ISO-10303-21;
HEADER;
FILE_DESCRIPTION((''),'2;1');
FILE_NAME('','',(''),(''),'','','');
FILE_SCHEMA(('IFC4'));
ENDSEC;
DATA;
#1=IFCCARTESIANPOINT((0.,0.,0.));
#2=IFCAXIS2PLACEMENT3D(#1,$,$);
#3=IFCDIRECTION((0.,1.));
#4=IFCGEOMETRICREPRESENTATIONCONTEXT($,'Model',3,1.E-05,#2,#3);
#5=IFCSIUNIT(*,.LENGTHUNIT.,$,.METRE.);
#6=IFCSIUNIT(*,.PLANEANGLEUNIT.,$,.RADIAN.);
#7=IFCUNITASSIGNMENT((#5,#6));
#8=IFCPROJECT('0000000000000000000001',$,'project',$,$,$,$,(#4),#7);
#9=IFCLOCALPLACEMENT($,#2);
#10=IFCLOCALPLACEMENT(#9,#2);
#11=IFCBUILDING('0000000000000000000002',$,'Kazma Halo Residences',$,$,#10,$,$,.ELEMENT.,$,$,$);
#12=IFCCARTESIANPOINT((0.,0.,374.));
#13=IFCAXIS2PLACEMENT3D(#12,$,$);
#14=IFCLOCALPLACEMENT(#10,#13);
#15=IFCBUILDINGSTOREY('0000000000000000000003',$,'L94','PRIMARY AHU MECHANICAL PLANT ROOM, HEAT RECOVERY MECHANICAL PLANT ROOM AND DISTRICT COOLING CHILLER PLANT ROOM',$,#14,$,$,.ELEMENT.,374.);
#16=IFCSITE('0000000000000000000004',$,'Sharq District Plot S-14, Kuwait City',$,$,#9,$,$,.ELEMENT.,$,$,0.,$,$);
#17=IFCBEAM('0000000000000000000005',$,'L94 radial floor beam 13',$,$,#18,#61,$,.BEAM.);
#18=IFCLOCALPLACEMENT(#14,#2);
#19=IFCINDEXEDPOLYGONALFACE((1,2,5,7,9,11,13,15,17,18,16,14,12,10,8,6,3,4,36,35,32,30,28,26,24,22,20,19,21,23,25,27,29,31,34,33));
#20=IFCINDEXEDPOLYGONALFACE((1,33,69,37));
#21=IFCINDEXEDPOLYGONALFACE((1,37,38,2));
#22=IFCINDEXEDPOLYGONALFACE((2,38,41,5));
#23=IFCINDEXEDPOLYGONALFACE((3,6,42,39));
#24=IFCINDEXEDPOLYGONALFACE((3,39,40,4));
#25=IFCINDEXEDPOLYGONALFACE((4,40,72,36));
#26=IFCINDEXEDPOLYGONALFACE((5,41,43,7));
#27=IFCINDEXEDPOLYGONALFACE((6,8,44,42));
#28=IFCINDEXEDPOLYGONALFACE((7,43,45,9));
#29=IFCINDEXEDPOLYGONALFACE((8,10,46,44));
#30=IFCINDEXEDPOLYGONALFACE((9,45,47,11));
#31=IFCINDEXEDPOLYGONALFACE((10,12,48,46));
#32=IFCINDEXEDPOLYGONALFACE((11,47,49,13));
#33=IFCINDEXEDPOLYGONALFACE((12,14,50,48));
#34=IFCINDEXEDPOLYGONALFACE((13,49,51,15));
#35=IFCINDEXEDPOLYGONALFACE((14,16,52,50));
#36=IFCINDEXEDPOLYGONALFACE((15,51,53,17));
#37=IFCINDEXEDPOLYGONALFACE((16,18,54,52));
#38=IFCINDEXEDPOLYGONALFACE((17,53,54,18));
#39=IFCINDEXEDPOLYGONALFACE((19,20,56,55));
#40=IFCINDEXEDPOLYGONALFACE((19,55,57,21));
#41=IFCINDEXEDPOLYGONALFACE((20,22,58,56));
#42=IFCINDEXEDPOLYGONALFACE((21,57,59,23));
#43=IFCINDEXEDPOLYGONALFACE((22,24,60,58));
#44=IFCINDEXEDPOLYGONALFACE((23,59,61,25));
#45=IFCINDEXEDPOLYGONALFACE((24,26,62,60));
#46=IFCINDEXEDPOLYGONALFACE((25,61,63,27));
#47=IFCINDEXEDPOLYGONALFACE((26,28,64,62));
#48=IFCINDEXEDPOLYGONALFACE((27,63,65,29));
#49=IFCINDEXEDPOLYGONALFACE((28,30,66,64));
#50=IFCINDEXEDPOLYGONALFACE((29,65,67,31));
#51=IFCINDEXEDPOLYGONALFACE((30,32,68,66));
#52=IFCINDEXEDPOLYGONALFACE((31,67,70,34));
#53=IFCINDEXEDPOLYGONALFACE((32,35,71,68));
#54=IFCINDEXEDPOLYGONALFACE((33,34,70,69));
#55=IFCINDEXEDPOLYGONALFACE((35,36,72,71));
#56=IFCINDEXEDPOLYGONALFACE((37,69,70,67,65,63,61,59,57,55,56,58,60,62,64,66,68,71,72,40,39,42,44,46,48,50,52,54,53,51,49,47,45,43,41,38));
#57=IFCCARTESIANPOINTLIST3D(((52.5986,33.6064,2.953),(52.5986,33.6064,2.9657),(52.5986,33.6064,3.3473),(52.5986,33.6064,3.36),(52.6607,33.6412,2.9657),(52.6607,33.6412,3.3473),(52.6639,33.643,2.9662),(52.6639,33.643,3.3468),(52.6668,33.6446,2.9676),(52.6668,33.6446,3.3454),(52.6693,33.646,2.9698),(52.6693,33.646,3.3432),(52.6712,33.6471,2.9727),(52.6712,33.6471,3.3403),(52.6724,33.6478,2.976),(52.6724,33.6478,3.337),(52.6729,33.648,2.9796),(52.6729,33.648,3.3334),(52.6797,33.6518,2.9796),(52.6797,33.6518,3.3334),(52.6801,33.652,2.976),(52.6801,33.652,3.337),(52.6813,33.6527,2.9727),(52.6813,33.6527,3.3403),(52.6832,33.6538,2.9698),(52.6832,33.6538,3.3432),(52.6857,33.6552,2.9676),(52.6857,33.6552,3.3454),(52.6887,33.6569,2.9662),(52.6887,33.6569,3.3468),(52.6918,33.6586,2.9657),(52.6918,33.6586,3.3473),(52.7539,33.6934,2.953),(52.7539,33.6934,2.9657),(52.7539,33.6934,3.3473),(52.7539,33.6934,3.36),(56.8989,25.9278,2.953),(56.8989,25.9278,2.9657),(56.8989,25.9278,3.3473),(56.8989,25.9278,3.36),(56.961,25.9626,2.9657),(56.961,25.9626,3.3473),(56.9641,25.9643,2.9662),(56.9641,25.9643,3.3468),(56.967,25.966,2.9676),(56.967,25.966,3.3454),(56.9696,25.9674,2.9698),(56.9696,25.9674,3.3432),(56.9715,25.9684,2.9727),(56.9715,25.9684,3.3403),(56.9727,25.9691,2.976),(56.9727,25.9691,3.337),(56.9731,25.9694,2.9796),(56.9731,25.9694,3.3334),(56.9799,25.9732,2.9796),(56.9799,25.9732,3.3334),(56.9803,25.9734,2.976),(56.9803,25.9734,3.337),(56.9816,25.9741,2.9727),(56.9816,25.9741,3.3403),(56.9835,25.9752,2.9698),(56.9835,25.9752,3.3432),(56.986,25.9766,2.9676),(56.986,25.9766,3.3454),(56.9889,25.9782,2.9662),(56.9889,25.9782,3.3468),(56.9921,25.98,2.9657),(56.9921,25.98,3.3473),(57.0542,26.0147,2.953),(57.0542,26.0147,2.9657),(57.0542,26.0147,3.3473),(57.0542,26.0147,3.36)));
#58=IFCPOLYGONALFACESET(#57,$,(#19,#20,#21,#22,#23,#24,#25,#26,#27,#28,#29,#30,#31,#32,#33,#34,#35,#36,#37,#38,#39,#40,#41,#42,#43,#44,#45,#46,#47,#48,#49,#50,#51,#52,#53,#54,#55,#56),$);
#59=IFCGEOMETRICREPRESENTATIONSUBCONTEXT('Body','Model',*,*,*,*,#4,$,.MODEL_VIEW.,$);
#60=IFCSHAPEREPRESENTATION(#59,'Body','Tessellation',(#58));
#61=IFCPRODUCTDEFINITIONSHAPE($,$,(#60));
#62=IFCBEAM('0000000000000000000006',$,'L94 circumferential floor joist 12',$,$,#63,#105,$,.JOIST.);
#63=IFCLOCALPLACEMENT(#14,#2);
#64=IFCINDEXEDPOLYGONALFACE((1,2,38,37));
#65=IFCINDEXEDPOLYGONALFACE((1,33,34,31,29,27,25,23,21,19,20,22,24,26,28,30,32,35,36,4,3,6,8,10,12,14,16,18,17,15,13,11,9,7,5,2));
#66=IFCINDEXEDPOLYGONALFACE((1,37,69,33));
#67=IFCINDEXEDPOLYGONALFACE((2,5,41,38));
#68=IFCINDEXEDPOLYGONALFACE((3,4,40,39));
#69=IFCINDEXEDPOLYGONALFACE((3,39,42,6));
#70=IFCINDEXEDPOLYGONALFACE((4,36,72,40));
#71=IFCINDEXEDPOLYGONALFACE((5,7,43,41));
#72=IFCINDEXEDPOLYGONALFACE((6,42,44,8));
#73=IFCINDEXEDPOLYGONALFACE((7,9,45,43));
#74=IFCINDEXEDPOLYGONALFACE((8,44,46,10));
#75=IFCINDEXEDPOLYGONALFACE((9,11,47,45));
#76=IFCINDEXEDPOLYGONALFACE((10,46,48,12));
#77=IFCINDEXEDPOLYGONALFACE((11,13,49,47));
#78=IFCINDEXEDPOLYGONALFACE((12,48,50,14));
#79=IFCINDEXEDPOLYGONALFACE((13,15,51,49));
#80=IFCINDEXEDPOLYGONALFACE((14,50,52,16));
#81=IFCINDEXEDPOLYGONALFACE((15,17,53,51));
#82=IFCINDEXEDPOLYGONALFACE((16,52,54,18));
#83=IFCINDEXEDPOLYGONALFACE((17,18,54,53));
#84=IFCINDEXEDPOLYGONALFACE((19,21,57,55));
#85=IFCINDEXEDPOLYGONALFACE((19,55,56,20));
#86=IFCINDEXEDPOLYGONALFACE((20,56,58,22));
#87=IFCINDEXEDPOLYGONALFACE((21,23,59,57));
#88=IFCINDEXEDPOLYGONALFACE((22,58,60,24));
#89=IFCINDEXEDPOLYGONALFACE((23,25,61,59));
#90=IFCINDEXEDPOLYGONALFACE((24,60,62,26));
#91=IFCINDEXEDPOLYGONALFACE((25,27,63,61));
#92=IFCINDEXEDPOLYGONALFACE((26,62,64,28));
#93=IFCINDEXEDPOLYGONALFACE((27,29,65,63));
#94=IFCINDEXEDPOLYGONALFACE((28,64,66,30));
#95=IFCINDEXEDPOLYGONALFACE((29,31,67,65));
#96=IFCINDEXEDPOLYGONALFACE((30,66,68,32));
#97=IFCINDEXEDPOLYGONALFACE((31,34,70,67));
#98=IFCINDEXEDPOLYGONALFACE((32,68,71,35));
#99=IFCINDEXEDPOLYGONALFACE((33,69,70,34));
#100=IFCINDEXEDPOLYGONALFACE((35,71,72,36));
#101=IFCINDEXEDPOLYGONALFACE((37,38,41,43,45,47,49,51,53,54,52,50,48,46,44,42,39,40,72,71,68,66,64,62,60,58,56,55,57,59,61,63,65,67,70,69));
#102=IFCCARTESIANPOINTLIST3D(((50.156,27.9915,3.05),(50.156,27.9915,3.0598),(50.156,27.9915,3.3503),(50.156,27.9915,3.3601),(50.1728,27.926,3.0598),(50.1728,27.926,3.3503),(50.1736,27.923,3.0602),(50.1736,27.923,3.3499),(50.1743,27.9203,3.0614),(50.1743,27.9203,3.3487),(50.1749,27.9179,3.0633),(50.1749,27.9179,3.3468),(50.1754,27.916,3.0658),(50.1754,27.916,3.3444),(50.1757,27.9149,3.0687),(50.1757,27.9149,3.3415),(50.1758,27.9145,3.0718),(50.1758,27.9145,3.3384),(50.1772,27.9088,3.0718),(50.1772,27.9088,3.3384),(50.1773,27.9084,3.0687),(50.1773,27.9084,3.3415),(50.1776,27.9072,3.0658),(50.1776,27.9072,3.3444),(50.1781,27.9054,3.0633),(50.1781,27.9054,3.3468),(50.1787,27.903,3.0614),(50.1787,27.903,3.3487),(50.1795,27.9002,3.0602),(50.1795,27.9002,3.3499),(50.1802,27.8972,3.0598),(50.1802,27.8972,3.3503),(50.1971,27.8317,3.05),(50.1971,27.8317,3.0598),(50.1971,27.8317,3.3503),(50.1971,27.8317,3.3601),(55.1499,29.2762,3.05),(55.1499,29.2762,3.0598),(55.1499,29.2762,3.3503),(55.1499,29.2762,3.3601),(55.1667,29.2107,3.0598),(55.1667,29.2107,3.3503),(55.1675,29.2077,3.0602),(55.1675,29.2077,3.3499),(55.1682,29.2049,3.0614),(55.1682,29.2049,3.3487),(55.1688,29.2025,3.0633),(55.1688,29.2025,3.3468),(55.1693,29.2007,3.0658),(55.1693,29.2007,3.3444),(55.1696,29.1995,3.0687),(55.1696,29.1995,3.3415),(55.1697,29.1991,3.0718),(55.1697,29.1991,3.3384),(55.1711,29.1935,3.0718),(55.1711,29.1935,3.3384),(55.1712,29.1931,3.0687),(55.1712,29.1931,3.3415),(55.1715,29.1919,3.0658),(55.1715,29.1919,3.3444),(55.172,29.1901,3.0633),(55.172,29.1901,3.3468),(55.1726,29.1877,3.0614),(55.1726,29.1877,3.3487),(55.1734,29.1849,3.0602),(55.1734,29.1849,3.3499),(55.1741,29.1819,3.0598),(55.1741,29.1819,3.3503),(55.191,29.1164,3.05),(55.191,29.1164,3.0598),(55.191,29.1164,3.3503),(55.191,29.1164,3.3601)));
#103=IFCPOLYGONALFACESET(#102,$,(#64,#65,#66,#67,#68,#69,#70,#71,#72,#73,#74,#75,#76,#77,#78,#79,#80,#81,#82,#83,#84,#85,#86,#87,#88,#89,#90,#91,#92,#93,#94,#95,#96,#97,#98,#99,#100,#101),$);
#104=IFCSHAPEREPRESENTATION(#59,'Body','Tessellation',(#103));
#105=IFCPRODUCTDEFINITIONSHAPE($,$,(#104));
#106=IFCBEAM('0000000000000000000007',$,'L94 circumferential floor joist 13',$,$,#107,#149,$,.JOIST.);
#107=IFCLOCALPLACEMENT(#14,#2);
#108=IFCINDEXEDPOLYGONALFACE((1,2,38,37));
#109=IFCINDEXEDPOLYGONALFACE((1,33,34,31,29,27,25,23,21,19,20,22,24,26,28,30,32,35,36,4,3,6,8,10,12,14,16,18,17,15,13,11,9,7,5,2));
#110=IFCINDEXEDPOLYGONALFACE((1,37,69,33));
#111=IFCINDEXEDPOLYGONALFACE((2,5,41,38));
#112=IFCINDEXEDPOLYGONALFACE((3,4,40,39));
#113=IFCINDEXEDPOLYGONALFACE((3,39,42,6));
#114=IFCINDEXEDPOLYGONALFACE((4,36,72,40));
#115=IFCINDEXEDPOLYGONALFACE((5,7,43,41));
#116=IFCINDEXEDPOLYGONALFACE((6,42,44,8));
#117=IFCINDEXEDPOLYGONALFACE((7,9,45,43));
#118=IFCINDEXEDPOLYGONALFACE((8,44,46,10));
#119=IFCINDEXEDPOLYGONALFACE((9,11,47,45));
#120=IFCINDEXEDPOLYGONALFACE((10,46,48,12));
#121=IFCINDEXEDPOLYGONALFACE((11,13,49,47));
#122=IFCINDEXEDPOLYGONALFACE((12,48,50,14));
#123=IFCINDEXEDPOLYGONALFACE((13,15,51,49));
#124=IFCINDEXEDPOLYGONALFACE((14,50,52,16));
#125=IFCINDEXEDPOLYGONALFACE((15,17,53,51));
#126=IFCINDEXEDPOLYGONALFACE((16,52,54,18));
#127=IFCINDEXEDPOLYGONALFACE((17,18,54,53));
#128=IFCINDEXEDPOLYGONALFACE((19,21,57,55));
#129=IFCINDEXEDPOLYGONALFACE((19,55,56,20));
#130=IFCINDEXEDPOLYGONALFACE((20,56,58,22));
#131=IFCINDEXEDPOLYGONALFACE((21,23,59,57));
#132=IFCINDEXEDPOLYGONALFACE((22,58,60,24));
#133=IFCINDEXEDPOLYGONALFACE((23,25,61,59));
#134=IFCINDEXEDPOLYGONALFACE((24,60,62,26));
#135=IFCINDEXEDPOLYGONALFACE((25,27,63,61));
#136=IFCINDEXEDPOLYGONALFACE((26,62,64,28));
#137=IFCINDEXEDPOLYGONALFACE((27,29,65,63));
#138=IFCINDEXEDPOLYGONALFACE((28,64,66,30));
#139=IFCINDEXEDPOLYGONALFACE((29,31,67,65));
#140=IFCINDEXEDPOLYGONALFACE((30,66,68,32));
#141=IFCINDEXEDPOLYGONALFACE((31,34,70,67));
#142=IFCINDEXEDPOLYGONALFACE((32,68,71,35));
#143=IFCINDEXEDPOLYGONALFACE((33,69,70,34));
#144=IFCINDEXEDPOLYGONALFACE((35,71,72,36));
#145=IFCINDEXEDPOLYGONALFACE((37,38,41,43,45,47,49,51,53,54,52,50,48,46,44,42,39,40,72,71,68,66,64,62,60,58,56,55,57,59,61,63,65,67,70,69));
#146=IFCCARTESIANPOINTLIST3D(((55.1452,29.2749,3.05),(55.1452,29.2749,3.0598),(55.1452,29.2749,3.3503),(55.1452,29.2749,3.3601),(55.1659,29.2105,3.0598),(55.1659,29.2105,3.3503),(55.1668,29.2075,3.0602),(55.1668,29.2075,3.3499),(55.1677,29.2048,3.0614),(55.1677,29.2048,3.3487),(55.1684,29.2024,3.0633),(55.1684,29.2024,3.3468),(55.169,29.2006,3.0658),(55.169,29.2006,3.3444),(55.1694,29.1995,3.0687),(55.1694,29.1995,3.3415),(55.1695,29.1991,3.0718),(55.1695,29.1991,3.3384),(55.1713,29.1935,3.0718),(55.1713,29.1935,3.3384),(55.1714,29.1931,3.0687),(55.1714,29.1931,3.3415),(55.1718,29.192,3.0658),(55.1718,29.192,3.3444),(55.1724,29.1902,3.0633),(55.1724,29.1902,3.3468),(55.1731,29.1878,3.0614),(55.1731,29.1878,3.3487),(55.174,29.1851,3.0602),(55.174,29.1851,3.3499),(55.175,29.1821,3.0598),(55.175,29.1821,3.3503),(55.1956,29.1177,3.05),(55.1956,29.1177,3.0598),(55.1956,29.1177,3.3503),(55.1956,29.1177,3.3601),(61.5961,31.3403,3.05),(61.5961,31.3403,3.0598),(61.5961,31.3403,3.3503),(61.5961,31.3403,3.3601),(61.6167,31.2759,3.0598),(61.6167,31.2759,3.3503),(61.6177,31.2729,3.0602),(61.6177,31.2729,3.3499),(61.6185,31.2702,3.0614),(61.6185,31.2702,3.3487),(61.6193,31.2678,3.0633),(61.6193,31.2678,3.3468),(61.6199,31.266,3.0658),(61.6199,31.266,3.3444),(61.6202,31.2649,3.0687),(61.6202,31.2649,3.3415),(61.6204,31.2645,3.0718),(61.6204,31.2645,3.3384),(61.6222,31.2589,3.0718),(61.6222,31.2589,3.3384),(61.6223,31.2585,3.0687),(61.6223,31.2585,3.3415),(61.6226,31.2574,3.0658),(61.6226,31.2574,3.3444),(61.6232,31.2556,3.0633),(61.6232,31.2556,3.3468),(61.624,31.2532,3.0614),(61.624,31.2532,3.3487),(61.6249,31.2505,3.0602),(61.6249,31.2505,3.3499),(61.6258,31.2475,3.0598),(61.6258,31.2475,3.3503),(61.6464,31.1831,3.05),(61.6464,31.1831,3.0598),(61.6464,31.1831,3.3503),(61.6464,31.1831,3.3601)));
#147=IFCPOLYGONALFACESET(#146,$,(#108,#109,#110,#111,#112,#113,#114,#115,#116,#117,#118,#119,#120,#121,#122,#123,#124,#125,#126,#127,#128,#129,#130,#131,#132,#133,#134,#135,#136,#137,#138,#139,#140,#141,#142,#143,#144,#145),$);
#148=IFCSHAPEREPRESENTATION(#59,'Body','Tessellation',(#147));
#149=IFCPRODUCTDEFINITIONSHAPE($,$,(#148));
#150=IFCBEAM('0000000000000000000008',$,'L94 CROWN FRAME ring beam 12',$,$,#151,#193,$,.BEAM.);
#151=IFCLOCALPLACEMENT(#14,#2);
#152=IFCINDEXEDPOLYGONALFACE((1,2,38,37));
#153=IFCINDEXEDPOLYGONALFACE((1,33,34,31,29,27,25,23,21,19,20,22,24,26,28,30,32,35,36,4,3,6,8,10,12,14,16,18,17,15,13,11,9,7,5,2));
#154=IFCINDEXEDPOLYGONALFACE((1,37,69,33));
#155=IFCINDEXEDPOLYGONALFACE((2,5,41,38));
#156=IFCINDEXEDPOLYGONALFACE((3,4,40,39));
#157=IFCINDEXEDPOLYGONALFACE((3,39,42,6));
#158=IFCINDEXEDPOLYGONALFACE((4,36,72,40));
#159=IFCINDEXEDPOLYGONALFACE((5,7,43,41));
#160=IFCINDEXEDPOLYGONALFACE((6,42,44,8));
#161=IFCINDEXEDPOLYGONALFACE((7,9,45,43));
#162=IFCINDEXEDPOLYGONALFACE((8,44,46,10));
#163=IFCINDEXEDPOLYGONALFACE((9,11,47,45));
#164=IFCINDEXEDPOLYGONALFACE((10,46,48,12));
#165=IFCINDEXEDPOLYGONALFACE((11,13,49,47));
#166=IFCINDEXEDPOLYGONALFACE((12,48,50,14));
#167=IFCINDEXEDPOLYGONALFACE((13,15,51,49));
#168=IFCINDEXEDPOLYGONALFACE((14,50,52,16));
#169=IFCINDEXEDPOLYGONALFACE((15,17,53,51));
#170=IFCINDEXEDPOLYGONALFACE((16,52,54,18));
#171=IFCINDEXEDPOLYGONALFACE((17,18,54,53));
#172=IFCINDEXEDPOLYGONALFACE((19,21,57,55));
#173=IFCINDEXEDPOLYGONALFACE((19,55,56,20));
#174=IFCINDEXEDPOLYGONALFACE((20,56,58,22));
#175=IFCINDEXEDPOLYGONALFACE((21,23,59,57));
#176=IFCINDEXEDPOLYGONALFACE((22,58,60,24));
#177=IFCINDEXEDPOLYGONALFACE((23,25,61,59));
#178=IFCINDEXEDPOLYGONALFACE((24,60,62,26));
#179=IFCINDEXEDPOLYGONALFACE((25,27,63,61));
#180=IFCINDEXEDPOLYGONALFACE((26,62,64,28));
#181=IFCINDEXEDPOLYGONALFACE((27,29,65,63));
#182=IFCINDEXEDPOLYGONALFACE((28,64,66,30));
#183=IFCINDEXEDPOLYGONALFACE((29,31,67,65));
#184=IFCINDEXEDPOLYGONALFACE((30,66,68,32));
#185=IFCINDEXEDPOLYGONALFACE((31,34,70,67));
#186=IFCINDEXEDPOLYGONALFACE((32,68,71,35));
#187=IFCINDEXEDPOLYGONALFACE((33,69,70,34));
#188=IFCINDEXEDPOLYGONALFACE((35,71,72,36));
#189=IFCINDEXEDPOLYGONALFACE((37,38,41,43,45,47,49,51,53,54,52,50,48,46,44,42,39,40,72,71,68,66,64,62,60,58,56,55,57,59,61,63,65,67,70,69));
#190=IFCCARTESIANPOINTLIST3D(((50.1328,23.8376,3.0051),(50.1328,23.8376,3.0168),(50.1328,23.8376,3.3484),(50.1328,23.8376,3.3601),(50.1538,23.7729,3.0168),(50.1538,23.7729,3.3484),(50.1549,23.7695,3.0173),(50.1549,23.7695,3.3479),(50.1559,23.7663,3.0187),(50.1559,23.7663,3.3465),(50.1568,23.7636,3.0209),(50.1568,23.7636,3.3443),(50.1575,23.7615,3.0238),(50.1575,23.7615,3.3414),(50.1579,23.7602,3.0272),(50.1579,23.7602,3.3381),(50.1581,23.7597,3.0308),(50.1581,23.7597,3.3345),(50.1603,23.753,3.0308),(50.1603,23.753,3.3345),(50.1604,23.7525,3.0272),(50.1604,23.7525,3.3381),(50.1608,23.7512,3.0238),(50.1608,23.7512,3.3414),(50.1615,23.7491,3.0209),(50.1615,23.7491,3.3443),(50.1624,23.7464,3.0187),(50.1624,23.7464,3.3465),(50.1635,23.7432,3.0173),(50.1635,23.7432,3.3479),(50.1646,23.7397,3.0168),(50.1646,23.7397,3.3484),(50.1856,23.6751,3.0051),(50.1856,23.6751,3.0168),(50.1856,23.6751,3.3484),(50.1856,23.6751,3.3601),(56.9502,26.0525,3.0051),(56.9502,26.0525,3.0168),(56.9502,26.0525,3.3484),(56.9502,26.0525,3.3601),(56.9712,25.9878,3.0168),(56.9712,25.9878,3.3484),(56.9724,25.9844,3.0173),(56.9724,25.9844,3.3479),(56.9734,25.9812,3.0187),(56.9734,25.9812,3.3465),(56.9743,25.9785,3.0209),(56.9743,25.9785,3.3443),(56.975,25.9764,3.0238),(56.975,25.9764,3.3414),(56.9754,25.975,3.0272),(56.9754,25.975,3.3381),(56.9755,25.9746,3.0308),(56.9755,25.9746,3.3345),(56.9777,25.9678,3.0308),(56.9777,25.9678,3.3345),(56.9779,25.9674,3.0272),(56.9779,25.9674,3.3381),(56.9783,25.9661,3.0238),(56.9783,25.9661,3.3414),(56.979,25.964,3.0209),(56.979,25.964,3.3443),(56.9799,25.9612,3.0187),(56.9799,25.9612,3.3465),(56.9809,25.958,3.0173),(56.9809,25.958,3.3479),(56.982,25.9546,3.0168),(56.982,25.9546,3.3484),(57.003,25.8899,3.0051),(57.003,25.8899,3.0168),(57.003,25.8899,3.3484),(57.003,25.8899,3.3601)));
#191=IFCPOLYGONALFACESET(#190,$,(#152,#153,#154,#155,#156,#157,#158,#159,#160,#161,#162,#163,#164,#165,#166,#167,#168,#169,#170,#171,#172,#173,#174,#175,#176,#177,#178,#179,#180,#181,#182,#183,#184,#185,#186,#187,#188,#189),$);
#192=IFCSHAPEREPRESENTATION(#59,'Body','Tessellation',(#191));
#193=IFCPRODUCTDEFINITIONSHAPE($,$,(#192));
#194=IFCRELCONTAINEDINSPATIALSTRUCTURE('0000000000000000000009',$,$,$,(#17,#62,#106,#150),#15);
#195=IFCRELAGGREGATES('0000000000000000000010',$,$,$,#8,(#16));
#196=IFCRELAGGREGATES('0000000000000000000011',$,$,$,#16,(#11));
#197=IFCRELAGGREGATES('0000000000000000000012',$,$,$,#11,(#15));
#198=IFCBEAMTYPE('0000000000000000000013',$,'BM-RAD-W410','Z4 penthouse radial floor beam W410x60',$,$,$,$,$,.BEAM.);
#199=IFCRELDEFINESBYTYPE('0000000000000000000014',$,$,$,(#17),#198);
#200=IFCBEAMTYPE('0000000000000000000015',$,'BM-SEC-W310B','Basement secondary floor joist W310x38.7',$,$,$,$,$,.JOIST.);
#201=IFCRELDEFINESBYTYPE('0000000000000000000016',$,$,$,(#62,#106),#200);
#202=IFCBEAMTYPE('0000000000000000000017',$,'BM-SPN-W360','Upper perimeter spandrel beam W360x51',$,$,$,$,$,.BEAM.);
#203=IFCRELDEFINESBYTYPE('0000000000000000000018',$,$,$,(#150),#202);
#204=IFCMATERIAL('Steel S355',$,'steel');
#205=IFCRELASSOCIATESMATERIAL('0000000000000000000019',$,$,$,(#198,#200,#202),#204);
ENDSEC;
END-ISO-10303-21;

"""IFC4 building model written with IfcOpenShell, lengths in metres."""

from ifc_helpers import new_model, si_unit, direction, frame, origin, origin_2d, place, context, subcontext, project, spatial, i_section, extrude, material, material_profile, profile_set, type_object, element, save


model = new_model("IFC4")

# Units and contexts
model_context = context("Model", 3, precision=1e-05, world=origin(), true_north=direction((0.0, 1.0)))
body_context = subcontext(model_context, "Body", "Model", "MODEL_VIEW")
ifc_project = project(units=[si_unit("LENGTHUNIT", "METRE"), si_unit("PLANEANGLEUNIT", "RADIAN")], contexts=[model_context])

# Site, building, storey
site_placement = place(None, origin())
site = spatial("IfcSite", under=ifc_project, at=site_placement, Name="Sharq District Plot S-14, Kuwait City", CompositionType="ELEMENT", RefElevation=0.0)
building_placement = place(site_placement, origin())
building = spatial("IfcBuilding", under=site, at=building_placement, Name="Kazma Halo Residences", CompositionType="ELEMENT")
storey_placement = place(building_placement, frame((0.0, 0.0, 374.0)))
storey = spatial("IfcBuildingStorey", under=building, at=storey_placement, Name="L94", Description="PRIMARY AHU MECHANICAL PLANT ROOM, HEAT RECOVERY MECHANICAL PLANT ROOM AND DISTRICT COOLING CHILLER PLANT ROOM", CompositionType="ELEMENT", Elevation=374.0)

# Shared definitions
ifc_material_1 = material(Name="Steel S355", Category="steel")

# Beams
ifc_material_profile_1 = material_profile(ifc_material_1, i_section(OverallWidth=0.178, OverallDepth=0.407, WebThickness=0.0078, FlangeThickness=0.0127, FilletRadius=0.0139, at=origin_2d()), Name="W410x60")
ifc_profile_set_1 = profile_set([ifc_material_profile_1], Name="Steel S355")
beam_type_1 = type_object("IfcBeamType", Name="BM-RAD-W410", Description="Z4 penthouse radial floor beam W410x60", PredefinedType="BEAM", material=ifc_profile_set_1)
beam_1_placement = place(storey_placement, frame((52.6763, 33.6499, 3.1565), z_axis=(0.488622, -0.872496, 0.0), x_axis=(0.872496, 0.488622, 0.0)))
element("IfcBeam", 1, at=beam_1_placement, inside=storey, type_object=beam_type_1, Name="L94 radial floor beam 13", PredefinedType="BEAM", context=body_context, shape_type="SweptSolid", body=[
    extrude(i_section(OverallWidth=0.178, OverallDepth=0.407, WebThickness=0.0078, FlangeThickness=0.0127, FilletRadius=0.0139, at=origin_2d()), origin(), (0.0, 0.0, 1.0), 8.8008),
])
ifc_material_profile_2 = material_profile(ifc_material_1, i_section(OverallWidth=0.165, OverallDepth=0.3101, WebThickness=0.0059, FlangeThickness=0.0098, FilletRadius=0.012, at=origin_2d()), Name="W310x38.7")
ifc_profile_set_2 = profile_set([ifc_material_profile_2], Name="Steel S355")
beam_type_2 = type_object("IfcBeamType", Name="BM-SEC-W310B", Description="Basement secondary floor joist W310x38.7", PredefinedType="JOIST", material=ifc_profile_set_2)
beam_2_placement = place(storey_placement, frame((50.1765, 27.9116, 3.2051), z_axis=(0.968468, 0.249136, 0.0), x_axis=(-0.249136, 0.968468, 0.0)))
element("IfcBeam", 2, at=beam_2_placement, inside=storey, type_object=beam_type_2, Name="L94 circumferential floor joist 12", PredefinedType="JOIST", context=body_context, shape_type="SweptSolid", body=[
    extrude(i_section(OverallWidth=0.165, OverallDepth=0.3101, WebThickness=0.0059, FlangeThickness=0.0098, FilletRadius=0.012, at=origin_2d()), origin(), (0.0, 0.0, 1.0), 5.1565),
])
beam_3_placement = place(storey_placement, frame((55.1704, 29.1963, 3.2051), z_axis=(0.952376, 0.304927, 0.0), x_axis=(-0.304927, 0.952376, 0.0)))
element("IfcBeam", 3, at=beam_3_placement, inside=storey, type_object=beam_type_2, Name="L94 circumferential floor joist 13", PredefinedType="JOIST", context=body_context, shape_type="SweptSolid", body=[
    extrude(i_section(OverallWidth=0.165, OverallDepth=0.3101, WebThickness=0.0059, FlangeThickness=0.0098, FilletRadius=0.012, at=origin_2d()), origin(), (0.0, 0.0, 1.0), 6.7734),
])
ifc_material_profile_3 = material_profile(ifc_material_1, i_section(OverallWidth=0.1709, OverallDepth=0.355, WebThickness=0.0071, FlangeThickness=0.0117, FilletRadius=0.0139, at=origin_2d()), Name="W360x51")
ifc_profile_set_3 = profile_set([ifc_material_profile_3], Name="Steel S355")
beam_type_3 = type_object("IfcBeamType", Name="BM-SPN-W360", Description="Upper perimeter spandrel beam W360x51", PredefinedType="BEAM", material=ifc_profile_set_3)
beam_4_placement = place(storey_placement, frame((50.1592, 23.7563, 3.1826), z_axis=(0.951067, 0.308984, 0.0), x_axis=(-0.308984, 0.951067, 0.0)))
element("IfcBeam", 4, at=beam_4_placement, inside=storey, type_object=beam_type_3, Name="L94 CROWN FRAME ring beam 12", PredefinedType="BEAM", context=body_context, shape_type="SweptSolid", body=[
    extrude(i_section(OverallWidth=0.1709, OverallDepth=0.355, WebThickness=0.0071, FlangeThickness=0.0117, FilletRadius=0.0139, at=origin_2d()), origin(), (0.0, 0.0, 1.0), 7.1682),
])

save(model, "model.ifc")
